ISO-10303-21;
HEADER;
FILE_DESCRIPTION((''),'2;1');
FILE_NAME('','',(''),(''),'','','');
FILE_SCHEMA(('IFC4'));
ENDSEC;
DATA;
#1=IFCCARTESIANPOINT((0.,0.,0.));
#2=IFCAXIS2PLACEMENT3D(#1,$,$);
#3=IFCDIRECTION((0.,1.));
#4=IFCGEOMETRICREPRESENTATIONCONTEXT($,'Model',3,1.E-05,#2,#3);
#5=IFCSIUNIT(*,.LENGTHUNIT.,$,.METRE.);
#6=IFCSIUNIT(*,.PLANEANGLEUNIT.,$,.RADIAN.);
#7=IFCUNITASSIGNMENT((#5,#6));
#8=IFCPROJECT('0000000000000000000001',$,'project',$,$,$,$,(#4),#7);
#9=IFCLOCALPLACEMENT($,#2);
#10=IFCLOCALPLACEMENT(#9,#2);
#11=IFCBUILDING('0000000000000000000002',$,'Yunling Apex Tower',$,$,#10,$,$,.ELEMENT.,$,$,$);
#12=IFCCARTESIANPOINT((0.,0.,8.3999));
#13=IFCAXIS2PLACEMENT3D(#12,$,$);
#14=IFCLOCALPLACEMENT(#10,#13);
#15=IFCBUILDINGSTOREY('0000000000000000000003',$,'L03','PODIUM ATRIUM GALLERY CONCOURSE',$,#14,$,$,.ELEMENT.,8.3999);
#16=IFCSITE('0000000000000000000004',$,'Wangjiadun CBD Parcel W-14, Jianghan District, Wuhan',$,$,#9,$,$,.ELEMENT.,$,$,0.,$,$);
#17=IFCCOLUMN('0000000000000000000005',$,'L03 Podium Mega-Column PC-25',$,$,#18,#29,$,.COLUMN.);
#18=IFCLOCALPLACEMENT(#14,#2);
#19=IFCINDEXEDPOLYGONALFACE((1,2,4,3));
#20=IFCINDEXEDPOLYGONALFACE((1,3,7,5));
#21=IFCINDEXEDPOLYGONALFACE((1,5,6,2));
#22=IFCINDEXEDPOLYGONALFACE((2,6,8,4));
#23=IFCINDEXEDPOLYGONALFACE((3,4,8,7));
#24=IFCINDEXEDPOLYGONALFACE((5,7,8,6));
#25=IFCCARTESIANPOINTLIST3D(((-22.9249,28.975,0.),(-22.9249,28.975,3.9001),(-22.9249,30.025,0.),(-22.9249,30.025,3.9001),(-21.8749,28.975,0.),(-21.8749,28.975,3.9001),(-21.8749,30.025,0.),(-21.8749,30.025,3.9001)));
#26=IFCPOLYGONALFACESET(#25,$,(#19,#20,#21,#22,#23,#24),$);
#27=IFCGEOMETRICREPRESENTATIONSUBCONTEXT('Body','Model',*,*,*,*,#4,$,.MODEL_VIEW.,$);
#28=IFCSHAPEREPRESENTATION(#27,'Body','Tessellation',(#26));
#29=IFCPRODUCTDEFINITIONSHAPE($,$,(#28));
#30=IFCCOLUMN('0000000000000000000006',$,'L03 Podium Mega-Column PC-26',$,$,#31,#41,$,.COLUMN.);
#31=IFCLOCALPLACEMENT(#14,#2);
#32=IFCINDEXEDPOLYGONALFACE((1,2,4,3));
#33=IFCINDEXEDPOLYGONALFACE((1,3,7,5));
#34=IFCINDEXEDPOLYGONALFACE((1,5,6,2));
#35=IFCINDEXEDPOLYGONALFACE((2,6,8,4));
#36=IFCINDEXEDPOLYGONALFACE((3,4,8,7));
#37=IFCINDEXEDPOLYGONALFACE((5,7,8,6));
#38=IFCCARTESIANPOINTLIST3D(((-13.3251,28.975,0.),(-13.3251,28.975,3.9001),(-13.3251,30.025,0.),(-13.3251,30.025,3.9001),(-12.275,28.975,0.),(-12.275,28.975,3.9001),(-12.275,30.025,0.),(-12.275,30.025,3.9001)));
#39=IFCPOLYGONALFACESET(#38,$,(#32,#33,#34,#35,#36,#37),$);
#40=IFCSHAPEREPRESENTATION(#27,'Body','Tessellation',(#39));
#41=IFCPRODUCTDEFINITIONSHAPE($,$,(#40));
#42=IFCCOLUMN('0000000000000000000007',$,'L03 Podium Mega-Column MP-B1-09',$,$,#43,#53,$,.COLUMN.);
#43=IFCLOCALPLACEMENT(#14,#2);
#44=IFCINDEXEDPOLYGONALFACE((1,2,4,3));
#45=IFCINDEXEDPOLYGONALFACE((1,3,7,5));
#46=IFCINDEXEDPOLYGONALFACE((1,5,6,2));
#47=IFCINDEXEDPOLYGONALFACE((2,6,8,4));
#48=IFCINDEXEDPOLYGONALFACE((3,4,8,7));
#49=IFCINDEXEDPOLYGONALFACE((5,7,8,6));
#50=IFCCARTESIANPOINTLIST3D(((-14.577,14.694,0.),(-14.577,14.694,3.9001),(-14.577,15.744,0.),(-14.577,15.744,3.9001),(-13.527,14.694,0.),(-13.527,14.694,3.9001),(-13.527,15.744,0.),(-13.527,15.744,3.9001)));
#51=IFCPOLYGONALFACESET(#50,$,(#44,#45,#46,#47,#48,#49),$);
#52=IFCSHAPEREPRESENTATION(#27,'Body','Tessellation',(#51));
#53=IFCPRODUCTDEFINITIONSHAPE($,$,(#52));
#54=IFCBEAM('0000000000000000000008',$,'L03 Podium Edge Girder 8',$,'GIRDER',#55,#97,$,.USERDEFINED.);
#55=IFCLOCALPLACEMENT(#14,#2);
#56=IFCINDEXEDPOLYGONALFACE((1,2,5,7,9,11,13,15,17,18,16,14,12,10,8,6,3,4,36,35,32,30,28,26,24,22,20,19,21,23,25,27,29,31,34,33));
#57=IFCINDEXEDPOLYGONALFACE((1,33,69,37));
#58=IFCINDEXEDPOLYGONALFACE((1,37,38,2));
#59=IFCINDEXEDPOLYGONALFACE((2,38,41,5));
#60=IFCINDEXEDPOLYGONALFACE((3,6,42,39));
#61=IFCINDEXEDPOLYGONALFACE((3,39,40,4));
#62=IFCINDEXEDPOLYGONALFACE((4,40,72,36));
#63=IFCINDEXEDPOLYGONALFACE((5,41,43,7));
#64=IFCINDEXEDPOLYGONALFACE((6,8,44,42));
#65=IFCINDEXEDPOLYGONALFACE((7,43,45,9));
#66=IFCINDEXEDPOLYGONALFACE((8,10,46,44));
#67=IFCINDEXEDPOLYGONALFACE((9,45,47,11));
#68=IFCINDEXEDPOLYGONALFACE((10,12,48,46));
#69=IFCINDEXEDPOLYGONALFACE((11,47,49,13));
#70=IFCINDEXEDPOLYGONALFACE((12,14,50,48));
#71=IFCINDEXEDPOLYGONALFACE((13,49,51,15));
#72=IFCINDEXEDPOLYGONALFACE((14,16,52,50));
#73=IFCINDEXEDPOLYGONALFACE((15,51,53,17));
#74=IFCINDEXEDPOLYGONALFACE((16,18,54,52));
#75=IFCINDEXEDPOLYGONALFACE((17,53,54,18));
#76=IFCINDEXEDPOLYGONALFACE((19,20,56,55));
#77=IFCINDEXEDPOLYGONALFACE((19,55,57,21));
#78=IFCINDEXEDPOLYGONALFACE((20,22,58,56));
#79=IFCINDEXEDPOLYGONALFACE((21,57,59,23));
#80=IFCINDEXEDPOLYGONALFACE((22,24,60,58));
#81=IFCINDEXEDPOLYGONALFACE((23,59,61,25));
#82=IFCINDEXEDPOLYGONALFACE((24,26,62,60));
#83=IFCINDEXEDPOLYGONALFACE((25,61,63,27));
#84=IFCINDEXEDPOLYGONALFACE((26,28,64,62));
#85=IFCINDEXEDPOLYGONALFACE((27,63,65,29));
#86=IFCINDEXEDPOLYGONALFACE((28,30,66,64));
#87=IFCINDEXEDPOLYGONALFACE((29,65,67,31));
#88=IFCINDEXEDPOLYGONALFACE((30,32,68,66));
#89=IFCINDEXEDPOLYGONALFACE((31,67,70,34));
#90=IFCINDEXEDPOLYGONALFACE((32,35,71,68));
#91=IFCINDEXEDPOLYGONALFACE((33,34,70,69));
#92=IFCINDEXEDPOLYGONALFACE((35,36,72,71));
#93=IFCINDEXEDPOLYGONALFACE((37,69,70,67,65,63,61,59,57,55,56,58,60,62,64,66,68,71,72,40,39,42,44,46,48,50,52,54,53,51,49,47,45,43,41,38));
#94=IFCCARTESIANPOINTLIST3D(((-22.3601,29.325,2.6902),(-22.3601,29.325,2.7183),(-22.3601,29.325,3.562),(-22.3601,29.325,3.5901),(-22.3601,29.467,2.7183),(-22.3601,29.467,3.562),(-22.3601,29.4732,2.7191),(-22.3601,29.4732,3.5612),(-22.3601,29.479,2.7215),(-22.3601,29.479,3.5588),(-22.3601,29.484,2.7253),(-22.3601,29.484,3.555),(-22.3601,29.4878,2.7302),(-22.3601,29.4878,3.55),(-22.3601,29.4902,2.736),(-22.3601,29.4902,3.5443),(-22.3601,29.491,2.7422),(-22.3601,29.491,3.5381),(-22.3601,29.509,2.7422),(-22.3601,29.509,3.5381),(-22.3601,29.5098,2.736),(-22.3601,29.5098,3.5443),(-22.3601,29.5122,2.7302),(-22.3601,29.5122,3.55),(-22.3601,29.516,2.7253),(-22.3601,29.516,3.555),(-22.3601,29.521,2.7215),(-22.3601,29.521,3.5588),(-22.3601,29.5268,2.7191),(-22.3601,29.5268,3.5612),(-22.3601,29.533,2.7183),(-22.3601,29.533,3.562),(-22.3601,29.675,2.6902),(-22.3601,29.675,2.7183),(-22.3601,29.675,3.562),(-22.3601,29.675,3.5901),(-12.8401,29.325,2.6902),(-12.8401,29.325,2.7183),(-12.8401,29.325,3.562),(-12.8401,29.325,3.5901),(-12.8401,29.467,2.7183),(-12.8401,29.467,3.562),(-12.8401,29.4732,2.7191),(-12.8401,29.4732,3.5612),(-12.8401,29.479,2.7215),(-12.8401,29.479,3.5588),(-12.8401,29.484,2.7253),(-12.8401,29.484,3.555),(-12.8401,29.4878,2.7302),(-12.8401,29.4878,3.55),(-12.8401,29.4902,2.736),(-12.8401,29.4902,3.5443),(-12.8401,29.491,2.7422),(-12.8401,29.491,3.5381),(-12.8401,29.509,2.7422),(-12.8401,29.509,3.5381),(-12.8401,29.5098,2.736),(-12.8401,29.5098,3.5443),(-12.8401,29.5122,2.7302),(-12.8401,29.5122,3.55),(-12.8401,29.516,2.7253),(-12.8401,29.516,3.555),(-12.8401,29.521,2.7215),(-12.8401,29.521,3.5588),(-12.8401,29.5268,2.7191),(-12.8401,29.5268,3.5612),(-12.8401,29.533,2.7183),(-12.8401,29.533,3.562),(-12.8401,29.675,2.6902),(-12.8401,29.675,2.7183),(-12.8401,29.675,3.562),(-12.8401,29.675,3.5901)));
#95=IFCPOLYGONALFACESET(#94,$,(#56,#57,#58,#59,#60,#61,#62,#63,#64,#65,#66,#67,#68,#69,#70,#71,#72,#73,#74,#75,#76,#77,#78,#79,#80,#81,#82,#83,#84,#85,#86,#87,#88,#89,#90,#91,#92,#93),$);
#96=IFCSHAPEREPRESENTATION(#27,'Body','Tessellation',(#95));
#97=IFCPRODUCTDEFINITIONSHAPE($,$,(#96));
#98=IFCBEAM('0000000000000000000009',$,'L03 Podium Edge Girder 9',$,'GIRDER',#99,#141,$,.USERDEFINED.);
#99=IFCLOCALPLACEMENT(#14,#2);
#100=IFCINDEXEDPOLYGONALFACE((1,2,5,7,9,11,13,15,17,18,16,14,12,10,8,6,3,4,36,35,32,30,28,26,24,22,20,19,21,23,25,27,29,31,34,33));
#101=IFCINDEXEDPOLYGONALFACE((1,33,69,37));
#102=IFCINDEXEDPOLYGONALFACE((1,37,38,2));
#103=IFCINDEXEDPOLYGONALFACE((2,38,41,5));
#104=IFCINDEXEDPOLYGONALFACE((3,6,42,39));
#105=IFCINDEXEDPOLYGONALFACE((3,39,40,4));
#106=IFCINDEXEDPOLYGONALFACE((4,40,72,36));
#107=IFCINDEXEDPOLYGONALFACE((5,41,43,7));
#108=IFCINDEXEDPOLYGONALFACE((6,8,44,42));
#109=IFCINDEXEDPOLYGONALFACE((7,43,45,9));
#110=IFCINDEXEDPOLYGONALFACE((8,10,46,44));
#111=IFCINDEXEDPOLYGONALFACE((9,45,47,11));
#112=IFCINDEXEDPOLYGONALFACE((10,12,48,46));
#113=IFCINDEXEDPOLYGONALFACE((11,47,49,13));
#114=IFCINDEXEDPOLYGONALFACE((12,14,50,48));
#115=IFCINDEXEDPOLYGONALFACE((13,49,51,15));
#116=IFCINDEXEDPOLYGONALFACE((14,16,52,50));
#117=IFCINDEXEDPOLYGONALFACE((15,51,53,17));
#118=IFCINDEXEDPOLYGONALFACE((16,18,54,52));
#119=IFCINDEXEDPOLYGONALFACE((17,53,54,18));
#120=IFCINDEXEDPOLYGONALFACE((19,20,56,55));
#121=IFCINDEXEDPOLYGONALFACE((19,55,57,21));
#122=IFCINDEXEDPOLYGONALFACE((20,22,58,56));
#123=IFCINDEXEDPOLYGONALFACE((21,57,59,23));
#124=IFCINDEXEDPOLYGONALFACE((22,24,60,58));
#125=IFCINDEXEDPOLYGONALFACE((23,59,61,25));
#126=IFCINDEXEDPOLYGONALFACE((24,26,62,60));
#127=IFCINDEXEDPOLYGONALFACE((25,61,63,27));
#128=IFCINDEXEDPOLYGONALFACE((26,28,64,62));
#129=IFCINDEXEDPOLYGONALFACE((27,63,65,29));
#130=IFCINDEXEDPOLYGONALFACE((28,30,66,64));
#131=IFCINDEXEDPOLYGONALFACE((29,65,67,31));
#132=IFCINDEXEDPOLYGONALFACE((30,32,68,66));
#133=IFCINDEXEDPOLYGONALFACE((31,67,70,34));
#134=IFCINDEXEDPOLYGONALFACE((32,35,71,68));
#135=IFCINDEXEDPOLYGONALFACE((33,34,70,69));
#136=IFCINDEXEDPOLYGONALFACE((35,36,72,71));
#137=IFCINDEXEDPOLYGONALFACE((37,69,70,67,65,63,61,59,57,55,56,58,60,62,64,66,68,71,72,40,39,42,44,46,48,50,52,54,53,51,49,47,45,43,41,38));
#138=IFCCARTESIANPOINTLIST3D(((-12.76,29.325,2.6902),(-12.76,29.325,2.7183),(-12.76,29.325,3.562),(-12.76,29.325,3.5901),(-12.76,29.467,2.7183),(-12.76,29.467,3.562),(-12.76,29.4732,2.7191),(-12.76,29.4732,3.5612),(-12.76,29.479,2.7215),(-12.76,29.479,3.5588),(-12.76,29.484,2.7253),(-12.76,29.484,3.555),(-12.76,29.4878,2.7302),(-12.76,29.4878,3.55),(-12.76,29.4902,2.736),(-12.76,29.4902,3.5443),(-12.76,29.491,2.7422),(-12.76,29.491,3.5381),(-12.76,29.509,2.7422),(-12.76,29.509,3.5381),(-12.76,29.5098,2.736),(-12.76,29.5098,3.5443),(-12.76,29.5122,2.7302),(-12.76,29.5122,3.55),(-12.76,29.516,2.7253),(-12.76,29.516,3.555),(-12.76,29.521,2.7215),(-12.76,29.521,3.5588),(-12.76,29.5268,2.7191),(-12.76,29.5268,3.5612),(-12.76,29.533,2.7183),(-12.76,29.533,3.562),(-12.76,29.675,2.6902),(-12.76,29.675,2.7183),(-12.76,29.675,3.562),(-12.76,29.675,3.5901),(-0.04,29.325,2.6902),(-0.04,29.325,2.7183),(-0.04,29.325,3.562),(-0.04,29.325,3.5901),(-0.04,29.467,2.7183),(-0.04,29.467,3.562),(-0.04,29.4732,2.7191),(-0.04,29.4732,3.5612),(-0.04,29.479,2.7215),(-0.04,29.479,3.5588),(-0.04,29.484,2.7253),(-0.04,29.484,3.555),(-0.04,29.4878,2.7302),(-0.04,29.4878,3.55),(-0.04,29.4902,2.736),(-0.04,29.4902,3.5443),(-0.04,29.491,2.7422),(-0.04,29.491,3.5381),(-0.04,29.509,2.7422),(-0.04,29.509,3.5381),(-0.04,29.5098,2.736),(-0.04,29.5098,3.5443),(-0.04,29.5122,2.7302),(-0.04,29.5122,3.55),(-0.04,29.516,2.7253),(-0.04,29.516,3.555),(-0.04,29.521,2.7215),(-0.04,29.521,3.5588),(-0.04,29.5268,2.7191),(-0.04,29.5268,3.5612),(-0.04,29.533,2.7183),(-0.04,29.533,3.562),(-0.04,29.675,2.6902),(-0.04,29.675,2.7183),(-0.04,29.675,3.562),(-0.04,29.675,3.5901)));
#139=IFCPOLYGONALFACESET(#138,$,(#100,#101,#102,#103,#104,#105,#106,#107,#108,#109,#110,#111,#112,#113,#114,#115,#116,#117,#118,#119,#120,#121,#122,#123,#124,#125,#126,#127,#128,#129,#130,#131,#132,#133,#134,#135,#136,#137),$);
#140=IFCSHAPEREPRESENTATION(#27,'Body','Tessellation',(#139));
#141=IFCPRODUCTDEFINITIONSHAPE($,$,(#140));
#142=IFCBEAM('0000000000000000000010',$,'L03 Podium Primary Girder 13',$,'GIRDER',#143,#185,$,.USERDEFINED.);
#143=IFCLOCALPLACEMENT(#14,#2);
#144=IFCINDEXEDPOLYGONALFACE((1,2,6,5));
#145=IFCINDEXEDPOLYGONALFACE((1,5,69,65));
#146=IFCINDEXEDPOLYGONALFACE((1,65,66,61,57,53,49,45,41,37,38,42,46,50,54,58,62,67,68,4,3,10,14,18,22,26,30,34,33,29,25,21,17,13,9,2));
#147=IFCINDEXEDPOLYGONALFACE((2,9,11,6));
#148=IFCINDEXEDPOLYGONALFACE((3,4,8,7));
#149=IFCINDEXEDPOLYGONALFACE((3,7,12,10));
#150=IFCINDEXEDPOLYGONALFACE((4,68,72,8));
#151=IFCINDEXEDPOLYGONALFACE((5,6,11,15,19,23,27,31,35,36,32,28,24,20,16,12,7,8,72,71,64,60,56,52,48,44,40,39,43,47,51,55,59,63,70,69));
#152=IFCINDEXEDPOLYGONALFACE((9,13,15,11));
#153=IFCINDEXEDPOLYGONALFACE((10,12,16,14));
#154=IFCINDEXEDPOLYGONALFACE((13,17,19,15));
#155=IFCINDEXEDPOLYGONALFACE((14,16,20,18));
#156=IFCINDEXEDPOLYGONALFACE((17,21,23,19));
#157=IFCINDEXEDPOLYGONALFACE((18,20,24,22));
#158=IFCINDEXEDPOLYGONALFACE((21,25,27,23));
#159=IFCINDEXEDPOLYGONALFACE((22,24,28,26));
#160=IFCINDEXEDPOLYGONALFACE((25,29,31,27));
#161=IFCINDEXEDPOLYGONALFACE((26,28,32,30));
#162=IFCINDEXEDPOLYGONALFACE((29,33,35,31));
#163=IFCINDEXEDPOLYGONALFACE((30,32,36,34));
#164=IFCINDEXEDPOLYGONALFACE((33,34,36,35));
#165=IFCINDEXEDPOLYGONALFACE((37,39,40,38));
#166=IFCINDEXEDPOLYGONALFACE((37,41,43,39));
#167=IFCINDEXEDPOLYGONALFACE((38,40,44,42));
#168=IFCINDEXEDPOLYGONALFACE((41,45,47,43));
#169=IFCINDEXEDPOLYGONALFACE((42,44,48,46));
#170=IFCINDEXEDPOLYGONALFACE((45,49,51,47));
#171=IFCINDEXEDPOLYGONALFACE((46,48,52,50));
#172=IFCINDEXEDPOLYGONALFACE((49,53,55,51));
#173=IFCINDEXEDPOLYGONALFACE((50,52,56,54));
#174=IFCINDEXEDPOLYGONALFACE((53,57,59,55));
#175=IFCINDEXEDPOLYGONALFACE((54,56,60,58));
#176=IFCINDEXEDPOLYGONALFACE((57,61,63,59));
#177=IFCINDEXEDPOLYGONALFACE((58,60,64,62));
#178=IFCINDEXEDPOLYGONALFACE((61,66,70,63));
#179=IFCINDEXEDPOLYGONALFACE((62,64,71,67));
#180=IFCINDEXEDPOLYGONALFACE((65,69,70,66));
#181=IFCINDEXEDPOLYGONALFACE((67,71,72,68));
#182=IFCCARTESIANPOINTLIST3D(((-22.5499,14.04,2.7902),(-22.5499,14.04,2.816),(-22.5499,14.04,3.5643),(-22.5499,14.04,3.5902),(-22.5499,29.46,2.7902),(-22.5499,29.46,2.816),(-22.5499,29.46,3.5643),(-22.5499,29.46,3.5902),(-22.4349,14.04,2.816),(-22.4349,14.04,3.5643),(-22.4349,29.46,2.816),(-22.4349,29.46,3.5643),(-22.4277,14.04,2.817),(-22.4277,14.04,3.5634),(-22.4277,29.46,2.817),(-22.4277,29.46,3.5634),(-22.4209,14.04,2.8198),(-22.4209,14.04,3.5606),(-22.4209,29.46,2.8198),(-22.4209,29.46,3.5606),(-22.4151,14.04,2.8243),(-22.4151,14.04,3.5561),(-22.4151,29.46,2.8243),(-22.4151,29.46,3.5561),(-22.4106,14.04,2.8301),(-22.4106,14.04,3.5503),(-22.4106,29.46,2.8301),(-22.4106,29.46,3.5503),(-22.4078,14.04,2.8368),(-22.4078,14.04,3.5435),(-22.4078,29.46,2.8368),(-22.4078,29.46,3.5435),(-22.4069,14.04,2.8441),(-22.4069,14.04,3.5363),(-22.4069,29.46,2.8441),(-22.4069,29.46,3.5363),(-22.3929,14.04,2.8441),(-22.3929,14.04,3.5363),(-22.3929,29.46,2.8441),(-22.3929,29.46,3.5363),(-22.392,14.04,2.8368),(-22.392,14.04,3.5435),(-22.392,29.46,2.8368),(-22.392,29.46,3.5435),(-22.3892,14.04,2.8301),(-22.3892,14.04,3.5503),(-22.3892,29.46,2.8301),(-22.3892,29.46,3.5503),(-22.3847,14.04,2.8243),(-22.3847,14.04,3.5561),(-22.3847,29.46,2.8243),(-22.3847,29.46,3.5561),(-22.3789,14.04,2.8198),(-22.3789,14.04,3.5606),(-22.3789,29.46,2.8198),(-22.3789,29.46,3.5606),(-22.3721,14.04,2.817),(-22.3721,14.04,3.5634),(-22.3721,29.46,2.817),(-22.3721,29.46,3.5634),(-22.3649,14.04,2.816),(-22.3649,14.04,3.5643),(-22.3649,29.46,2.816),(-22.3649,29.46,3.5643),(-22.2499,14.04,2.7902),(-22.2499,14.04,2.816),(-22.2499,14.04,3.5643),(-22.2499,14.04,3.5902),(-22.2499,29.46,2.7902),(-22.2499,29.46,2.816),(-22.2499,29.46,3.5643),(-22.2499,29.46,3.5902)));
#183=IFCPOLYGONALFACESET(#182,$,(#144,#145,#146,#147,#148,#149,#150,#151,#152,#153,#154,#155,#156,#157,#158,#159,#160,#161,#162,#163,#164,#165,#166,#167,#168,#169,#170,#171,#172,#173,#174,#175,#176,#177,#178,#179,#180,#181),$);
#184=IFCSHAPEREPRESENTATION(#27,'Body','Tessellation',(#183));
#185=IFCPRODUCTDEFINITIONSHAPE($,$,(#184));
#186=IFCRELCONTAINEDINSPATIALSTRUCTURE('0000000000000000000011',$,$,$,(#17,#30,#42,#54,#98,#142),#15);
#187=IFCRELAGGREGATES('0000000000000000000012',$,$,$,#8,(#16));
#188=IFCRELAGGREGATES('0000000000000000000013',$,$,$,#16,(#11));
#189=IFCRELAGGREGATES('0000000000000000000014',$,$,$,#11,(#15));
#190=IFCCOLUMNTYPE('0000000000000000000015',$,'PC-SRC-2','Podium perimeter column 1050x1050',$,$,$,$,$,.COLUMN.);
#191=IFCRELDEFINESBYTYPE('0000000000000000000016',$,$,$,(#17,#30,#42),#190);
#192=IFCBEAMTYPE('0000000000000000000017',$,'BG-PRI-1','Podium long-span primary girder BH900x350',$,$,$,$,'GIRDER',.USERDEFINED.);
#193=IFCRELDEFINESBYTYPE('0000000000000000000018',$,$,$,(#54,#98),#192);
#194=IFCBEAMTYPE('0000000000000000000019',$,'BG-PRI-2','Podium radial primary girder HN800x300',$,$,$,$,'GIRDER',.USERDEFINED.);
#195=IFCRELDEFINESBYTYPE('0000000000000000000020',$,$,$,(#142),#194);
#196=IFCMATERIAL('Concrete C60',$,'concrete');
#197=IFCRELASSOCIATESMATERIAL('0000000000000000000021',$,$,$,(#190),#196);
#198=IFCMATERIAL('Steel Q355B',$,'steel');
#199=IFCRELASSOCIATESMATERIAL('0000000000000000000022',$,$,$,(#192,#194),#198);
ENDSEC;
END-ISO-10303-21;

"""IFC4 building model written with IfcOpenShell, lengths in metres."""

from ifc_helpers import new_model, si_unit, direction, frame, origin, origin_2d, place, context, subcontext, project, spatial, rectangle, i_section, extrude, source, transform, mapped, material, material_profile, profile_set, type_object, element, save


model = new_model("IFC4")

# Units and contexts
model_context = context("Model", 3, precision=1e-05, world=origin(), true_north=direction((0.0, 1.0)))
body_context = subcontext(model_context, "Body", "Model", "MODEL_VIEW")
ifc_project = project(units=[si_unit("LENGTHUNIT", "METRE"), si_unit("PLANEANGLEUNIT", "RADIAN")], contexts=[model_context])

# Site, building, storey
site_placement = place(None, origin())
site = spatial("IfcSite", under=ifc_project, at=site_placement, Name="Wangjiadun CBD Parcel W-14, Jianghan District, Wuhan", CompositionType="ELEMENT", RefElevation=0.0)
building_placement = place(site_placement, origin())
building = spatial("IfcBuilding", under=site, at=building_placement, Name="Yunling Apex Tower", CompositionType="ELEMENT")
storey_placement = place(building_placement, frame((0.0, 0.0, 8.3999)))
storey = spatial("IfcBuildingStorey", under=building, at=storey_placement, Name="L03", Description="PODIUM ATRIUM GALLERY CONCOURSE", CompositionType="ELEMENT", Elevation=8.3999)

# Columns
ifc_material_1 = material(Name="Concrete C60", Category="concrete")
ifc_material_profile_1 = material_profile(ifc_material_1, rectangle(XDim=1.05, YDim=1.05, at=origin_2d()))
ifc_profile_set_1 = profile_set([ifc_material_profile_1], Name="Concrete C60")
column_type = type_object("IfcColumnType", Name="PC-SRC-2", Description="Podium perimeter column 1050x1050", PredefinedType="COLUMN", material=ifc_profile_set_1)
shared_shape_1 = source(origin(), body_context, "Body", "SweptSolid", [
    extrude(rectangle(XDim=1.05, YDim=1.05, at=origin_2d()), origin(), (0.0, 0.0, 1.0), 3.9001),
])
for number, where, z_axis, x_axis, name in (
    (1, (-22.3999, 29.5, 0.0), (0.0, 0.0, 1.0), (1.0, 0.0, 0.0), "L03 Podium Mega-Column PC-25"),
    (2, (-12.8, 29.5, 0.0), (0.0, 0.0, 1.0), (1.0, 0.0, 0.0), "L03 Podium Mega-Column PC-26"),
    (3, (-14.052, 15.219, 0.0), (0.0, 0.0, 1.0), (1.0, 0.0, 0.0), "L03 Podium Mega-Column MP-B1-09"),
):
    element("IfcColumn", number, at=place(storey_placement, frame(where, z_axis=z_axis, x_axis=x_axis)), inside=storey, type_object=column_type, Name=name, PredefinedType="COLUMN", context=body_context, shape_type="MappedRepresentation", body=[
        mapped(shared_shape_1, transform((0.0, 0.0, 0.0), scale=1.0)),
    ])

# Beams
ifc_material_2 = material(Name="Steel Q355B", Category="steel")
ifc_material_profile_2 = material_profile(ifc_material_2, i_section(OverallWidth=0.3501, OverallDepth=0.8999, WebThickness=0.0181, FlangeThickness=0.0281, FilletRadius=0.0239, at=origin_2d()))
ifc_profile_set_2 = profile_set([ifc_material_profile_2], Name="Steel Q355B")
beam_type_1 = type_object("IfcBeamType", Name="BG-PRI-1", Description="Podium long-span primary girder BH900x350", ElementType="GIRDER", PredefinedType="USERDEFINED", material=ifc_profile_set_2)
shared_shape_2 = source(origin(), body_context, "Body", "SweptSolid", [
    extrude(i_section(OverallWidth=0.3501, OverallDepth=0.8999, WebThickness=0.0181, FlangeThickness=0.0281, FilletRadius=0.0239, at=origin_2d()), origin(), (0.0, 0.0, 1.0), 9.52),
])
beam_1_placement = place(storey_placement, frame((-22.3601, 29.5, 3.1401), z_axis=(1.0, 0.0, 0.0), x_axis=(0.0, 1.0, 0.0)))
element("IfcBeam", 4, at=beam_1_placement, inside=storey, type_object=beam_type_1, Name="L03 Podium Edge Girder 8", ObjectType="GIRDER", PredefinedType="USERDEFINED", context=body_context, shape_type="MappedRepresentation", body=[
    mapped(shared_shape_2, transform((0.0, 0.0, 0.0), scale=1.0)),
])
shared_shape_3 = source(origin(), body_context, "Body", "SweptSolid", [
    extrude(i_section(OverallWidth=0.3501, OverallDepth=0.8999, WebThickness=0.0181, FlangeThickness=0.0281, FilletRadius=0.0239, at=origin_2d()), origin(), (0.0, 0.0, 1.0), 12.72),
])
beam_2_placement = place(storey_placement, frame((-12.76, 29.5, 3.1401), z_axis=(1.0, 0.0, 0.0), x_axis=(0.0, 1.0, 0.0)))
element("IfcBeam", 5, at=beam_2_placement, inside=storey, type_object=beam_type_1, Name="L03 Podium Edge Girder 9", ObjectType="GIRDER", PredefinedType="USERDEFINED", context=body_context, shape_type="MappedRepresentation", body=[
    mapped(shared_shape_3, transform((0.0, 0.0, 0.0), scale=1.0)),
])
ifc_material_profile_3 = material_profile(ifc_material_2, i_section(OverallWidth=0.3, OverallDepth=0.8, WebThickness=0.0139, FlangeThickness=0.0259, FilletRadius=0.0281, at=origin_2d()))
ifc_profile_set_3 = profile_set([ifc_material_profile_3], Name="Steel Q355B")
beam_type_2 = type_object("IfcBeamType", Name="BG-PRI-2", Description="Podium radial primary girder HN800x300", ElementType="GIRDER", PredefinedType="USERDEFINED", material=ifc_profile_set_3)
shared_shape_4 = source(origin(), body_context, "Body", "SweptSolid", [
    extrude(i_section(OverallWidth=0.3, OverallDepth=0.8, WebThickness=0.0139, FlangeThickness=0.0259, FilletRadius=0.0281, at=origin_2d()), origin(), (0.0, 0.0, 1.0), 15.4199),
])
beam_3_placement = place(storey_placement, frame((-22.3999, 29.46, 3.1902), z_axis=(0.0, -1.0, 0.0), x_axis=(1.0, 0.0, 0.0)))
element("IfcBeam", 6, at=beam_3_placement, inside=storey, type_object=beam_type_2, Name="L03 Podium Primary Girder 13", ObjectType="GIRDER", PredefinedType="USERDEFINED", context=body_context, shape_type="MappedRepresentation", body=[
    mapped(shared_shape_4, transform((0.0, 0.0, 0.0), scale=1.0)),
])

save(model, "model.ifc")
